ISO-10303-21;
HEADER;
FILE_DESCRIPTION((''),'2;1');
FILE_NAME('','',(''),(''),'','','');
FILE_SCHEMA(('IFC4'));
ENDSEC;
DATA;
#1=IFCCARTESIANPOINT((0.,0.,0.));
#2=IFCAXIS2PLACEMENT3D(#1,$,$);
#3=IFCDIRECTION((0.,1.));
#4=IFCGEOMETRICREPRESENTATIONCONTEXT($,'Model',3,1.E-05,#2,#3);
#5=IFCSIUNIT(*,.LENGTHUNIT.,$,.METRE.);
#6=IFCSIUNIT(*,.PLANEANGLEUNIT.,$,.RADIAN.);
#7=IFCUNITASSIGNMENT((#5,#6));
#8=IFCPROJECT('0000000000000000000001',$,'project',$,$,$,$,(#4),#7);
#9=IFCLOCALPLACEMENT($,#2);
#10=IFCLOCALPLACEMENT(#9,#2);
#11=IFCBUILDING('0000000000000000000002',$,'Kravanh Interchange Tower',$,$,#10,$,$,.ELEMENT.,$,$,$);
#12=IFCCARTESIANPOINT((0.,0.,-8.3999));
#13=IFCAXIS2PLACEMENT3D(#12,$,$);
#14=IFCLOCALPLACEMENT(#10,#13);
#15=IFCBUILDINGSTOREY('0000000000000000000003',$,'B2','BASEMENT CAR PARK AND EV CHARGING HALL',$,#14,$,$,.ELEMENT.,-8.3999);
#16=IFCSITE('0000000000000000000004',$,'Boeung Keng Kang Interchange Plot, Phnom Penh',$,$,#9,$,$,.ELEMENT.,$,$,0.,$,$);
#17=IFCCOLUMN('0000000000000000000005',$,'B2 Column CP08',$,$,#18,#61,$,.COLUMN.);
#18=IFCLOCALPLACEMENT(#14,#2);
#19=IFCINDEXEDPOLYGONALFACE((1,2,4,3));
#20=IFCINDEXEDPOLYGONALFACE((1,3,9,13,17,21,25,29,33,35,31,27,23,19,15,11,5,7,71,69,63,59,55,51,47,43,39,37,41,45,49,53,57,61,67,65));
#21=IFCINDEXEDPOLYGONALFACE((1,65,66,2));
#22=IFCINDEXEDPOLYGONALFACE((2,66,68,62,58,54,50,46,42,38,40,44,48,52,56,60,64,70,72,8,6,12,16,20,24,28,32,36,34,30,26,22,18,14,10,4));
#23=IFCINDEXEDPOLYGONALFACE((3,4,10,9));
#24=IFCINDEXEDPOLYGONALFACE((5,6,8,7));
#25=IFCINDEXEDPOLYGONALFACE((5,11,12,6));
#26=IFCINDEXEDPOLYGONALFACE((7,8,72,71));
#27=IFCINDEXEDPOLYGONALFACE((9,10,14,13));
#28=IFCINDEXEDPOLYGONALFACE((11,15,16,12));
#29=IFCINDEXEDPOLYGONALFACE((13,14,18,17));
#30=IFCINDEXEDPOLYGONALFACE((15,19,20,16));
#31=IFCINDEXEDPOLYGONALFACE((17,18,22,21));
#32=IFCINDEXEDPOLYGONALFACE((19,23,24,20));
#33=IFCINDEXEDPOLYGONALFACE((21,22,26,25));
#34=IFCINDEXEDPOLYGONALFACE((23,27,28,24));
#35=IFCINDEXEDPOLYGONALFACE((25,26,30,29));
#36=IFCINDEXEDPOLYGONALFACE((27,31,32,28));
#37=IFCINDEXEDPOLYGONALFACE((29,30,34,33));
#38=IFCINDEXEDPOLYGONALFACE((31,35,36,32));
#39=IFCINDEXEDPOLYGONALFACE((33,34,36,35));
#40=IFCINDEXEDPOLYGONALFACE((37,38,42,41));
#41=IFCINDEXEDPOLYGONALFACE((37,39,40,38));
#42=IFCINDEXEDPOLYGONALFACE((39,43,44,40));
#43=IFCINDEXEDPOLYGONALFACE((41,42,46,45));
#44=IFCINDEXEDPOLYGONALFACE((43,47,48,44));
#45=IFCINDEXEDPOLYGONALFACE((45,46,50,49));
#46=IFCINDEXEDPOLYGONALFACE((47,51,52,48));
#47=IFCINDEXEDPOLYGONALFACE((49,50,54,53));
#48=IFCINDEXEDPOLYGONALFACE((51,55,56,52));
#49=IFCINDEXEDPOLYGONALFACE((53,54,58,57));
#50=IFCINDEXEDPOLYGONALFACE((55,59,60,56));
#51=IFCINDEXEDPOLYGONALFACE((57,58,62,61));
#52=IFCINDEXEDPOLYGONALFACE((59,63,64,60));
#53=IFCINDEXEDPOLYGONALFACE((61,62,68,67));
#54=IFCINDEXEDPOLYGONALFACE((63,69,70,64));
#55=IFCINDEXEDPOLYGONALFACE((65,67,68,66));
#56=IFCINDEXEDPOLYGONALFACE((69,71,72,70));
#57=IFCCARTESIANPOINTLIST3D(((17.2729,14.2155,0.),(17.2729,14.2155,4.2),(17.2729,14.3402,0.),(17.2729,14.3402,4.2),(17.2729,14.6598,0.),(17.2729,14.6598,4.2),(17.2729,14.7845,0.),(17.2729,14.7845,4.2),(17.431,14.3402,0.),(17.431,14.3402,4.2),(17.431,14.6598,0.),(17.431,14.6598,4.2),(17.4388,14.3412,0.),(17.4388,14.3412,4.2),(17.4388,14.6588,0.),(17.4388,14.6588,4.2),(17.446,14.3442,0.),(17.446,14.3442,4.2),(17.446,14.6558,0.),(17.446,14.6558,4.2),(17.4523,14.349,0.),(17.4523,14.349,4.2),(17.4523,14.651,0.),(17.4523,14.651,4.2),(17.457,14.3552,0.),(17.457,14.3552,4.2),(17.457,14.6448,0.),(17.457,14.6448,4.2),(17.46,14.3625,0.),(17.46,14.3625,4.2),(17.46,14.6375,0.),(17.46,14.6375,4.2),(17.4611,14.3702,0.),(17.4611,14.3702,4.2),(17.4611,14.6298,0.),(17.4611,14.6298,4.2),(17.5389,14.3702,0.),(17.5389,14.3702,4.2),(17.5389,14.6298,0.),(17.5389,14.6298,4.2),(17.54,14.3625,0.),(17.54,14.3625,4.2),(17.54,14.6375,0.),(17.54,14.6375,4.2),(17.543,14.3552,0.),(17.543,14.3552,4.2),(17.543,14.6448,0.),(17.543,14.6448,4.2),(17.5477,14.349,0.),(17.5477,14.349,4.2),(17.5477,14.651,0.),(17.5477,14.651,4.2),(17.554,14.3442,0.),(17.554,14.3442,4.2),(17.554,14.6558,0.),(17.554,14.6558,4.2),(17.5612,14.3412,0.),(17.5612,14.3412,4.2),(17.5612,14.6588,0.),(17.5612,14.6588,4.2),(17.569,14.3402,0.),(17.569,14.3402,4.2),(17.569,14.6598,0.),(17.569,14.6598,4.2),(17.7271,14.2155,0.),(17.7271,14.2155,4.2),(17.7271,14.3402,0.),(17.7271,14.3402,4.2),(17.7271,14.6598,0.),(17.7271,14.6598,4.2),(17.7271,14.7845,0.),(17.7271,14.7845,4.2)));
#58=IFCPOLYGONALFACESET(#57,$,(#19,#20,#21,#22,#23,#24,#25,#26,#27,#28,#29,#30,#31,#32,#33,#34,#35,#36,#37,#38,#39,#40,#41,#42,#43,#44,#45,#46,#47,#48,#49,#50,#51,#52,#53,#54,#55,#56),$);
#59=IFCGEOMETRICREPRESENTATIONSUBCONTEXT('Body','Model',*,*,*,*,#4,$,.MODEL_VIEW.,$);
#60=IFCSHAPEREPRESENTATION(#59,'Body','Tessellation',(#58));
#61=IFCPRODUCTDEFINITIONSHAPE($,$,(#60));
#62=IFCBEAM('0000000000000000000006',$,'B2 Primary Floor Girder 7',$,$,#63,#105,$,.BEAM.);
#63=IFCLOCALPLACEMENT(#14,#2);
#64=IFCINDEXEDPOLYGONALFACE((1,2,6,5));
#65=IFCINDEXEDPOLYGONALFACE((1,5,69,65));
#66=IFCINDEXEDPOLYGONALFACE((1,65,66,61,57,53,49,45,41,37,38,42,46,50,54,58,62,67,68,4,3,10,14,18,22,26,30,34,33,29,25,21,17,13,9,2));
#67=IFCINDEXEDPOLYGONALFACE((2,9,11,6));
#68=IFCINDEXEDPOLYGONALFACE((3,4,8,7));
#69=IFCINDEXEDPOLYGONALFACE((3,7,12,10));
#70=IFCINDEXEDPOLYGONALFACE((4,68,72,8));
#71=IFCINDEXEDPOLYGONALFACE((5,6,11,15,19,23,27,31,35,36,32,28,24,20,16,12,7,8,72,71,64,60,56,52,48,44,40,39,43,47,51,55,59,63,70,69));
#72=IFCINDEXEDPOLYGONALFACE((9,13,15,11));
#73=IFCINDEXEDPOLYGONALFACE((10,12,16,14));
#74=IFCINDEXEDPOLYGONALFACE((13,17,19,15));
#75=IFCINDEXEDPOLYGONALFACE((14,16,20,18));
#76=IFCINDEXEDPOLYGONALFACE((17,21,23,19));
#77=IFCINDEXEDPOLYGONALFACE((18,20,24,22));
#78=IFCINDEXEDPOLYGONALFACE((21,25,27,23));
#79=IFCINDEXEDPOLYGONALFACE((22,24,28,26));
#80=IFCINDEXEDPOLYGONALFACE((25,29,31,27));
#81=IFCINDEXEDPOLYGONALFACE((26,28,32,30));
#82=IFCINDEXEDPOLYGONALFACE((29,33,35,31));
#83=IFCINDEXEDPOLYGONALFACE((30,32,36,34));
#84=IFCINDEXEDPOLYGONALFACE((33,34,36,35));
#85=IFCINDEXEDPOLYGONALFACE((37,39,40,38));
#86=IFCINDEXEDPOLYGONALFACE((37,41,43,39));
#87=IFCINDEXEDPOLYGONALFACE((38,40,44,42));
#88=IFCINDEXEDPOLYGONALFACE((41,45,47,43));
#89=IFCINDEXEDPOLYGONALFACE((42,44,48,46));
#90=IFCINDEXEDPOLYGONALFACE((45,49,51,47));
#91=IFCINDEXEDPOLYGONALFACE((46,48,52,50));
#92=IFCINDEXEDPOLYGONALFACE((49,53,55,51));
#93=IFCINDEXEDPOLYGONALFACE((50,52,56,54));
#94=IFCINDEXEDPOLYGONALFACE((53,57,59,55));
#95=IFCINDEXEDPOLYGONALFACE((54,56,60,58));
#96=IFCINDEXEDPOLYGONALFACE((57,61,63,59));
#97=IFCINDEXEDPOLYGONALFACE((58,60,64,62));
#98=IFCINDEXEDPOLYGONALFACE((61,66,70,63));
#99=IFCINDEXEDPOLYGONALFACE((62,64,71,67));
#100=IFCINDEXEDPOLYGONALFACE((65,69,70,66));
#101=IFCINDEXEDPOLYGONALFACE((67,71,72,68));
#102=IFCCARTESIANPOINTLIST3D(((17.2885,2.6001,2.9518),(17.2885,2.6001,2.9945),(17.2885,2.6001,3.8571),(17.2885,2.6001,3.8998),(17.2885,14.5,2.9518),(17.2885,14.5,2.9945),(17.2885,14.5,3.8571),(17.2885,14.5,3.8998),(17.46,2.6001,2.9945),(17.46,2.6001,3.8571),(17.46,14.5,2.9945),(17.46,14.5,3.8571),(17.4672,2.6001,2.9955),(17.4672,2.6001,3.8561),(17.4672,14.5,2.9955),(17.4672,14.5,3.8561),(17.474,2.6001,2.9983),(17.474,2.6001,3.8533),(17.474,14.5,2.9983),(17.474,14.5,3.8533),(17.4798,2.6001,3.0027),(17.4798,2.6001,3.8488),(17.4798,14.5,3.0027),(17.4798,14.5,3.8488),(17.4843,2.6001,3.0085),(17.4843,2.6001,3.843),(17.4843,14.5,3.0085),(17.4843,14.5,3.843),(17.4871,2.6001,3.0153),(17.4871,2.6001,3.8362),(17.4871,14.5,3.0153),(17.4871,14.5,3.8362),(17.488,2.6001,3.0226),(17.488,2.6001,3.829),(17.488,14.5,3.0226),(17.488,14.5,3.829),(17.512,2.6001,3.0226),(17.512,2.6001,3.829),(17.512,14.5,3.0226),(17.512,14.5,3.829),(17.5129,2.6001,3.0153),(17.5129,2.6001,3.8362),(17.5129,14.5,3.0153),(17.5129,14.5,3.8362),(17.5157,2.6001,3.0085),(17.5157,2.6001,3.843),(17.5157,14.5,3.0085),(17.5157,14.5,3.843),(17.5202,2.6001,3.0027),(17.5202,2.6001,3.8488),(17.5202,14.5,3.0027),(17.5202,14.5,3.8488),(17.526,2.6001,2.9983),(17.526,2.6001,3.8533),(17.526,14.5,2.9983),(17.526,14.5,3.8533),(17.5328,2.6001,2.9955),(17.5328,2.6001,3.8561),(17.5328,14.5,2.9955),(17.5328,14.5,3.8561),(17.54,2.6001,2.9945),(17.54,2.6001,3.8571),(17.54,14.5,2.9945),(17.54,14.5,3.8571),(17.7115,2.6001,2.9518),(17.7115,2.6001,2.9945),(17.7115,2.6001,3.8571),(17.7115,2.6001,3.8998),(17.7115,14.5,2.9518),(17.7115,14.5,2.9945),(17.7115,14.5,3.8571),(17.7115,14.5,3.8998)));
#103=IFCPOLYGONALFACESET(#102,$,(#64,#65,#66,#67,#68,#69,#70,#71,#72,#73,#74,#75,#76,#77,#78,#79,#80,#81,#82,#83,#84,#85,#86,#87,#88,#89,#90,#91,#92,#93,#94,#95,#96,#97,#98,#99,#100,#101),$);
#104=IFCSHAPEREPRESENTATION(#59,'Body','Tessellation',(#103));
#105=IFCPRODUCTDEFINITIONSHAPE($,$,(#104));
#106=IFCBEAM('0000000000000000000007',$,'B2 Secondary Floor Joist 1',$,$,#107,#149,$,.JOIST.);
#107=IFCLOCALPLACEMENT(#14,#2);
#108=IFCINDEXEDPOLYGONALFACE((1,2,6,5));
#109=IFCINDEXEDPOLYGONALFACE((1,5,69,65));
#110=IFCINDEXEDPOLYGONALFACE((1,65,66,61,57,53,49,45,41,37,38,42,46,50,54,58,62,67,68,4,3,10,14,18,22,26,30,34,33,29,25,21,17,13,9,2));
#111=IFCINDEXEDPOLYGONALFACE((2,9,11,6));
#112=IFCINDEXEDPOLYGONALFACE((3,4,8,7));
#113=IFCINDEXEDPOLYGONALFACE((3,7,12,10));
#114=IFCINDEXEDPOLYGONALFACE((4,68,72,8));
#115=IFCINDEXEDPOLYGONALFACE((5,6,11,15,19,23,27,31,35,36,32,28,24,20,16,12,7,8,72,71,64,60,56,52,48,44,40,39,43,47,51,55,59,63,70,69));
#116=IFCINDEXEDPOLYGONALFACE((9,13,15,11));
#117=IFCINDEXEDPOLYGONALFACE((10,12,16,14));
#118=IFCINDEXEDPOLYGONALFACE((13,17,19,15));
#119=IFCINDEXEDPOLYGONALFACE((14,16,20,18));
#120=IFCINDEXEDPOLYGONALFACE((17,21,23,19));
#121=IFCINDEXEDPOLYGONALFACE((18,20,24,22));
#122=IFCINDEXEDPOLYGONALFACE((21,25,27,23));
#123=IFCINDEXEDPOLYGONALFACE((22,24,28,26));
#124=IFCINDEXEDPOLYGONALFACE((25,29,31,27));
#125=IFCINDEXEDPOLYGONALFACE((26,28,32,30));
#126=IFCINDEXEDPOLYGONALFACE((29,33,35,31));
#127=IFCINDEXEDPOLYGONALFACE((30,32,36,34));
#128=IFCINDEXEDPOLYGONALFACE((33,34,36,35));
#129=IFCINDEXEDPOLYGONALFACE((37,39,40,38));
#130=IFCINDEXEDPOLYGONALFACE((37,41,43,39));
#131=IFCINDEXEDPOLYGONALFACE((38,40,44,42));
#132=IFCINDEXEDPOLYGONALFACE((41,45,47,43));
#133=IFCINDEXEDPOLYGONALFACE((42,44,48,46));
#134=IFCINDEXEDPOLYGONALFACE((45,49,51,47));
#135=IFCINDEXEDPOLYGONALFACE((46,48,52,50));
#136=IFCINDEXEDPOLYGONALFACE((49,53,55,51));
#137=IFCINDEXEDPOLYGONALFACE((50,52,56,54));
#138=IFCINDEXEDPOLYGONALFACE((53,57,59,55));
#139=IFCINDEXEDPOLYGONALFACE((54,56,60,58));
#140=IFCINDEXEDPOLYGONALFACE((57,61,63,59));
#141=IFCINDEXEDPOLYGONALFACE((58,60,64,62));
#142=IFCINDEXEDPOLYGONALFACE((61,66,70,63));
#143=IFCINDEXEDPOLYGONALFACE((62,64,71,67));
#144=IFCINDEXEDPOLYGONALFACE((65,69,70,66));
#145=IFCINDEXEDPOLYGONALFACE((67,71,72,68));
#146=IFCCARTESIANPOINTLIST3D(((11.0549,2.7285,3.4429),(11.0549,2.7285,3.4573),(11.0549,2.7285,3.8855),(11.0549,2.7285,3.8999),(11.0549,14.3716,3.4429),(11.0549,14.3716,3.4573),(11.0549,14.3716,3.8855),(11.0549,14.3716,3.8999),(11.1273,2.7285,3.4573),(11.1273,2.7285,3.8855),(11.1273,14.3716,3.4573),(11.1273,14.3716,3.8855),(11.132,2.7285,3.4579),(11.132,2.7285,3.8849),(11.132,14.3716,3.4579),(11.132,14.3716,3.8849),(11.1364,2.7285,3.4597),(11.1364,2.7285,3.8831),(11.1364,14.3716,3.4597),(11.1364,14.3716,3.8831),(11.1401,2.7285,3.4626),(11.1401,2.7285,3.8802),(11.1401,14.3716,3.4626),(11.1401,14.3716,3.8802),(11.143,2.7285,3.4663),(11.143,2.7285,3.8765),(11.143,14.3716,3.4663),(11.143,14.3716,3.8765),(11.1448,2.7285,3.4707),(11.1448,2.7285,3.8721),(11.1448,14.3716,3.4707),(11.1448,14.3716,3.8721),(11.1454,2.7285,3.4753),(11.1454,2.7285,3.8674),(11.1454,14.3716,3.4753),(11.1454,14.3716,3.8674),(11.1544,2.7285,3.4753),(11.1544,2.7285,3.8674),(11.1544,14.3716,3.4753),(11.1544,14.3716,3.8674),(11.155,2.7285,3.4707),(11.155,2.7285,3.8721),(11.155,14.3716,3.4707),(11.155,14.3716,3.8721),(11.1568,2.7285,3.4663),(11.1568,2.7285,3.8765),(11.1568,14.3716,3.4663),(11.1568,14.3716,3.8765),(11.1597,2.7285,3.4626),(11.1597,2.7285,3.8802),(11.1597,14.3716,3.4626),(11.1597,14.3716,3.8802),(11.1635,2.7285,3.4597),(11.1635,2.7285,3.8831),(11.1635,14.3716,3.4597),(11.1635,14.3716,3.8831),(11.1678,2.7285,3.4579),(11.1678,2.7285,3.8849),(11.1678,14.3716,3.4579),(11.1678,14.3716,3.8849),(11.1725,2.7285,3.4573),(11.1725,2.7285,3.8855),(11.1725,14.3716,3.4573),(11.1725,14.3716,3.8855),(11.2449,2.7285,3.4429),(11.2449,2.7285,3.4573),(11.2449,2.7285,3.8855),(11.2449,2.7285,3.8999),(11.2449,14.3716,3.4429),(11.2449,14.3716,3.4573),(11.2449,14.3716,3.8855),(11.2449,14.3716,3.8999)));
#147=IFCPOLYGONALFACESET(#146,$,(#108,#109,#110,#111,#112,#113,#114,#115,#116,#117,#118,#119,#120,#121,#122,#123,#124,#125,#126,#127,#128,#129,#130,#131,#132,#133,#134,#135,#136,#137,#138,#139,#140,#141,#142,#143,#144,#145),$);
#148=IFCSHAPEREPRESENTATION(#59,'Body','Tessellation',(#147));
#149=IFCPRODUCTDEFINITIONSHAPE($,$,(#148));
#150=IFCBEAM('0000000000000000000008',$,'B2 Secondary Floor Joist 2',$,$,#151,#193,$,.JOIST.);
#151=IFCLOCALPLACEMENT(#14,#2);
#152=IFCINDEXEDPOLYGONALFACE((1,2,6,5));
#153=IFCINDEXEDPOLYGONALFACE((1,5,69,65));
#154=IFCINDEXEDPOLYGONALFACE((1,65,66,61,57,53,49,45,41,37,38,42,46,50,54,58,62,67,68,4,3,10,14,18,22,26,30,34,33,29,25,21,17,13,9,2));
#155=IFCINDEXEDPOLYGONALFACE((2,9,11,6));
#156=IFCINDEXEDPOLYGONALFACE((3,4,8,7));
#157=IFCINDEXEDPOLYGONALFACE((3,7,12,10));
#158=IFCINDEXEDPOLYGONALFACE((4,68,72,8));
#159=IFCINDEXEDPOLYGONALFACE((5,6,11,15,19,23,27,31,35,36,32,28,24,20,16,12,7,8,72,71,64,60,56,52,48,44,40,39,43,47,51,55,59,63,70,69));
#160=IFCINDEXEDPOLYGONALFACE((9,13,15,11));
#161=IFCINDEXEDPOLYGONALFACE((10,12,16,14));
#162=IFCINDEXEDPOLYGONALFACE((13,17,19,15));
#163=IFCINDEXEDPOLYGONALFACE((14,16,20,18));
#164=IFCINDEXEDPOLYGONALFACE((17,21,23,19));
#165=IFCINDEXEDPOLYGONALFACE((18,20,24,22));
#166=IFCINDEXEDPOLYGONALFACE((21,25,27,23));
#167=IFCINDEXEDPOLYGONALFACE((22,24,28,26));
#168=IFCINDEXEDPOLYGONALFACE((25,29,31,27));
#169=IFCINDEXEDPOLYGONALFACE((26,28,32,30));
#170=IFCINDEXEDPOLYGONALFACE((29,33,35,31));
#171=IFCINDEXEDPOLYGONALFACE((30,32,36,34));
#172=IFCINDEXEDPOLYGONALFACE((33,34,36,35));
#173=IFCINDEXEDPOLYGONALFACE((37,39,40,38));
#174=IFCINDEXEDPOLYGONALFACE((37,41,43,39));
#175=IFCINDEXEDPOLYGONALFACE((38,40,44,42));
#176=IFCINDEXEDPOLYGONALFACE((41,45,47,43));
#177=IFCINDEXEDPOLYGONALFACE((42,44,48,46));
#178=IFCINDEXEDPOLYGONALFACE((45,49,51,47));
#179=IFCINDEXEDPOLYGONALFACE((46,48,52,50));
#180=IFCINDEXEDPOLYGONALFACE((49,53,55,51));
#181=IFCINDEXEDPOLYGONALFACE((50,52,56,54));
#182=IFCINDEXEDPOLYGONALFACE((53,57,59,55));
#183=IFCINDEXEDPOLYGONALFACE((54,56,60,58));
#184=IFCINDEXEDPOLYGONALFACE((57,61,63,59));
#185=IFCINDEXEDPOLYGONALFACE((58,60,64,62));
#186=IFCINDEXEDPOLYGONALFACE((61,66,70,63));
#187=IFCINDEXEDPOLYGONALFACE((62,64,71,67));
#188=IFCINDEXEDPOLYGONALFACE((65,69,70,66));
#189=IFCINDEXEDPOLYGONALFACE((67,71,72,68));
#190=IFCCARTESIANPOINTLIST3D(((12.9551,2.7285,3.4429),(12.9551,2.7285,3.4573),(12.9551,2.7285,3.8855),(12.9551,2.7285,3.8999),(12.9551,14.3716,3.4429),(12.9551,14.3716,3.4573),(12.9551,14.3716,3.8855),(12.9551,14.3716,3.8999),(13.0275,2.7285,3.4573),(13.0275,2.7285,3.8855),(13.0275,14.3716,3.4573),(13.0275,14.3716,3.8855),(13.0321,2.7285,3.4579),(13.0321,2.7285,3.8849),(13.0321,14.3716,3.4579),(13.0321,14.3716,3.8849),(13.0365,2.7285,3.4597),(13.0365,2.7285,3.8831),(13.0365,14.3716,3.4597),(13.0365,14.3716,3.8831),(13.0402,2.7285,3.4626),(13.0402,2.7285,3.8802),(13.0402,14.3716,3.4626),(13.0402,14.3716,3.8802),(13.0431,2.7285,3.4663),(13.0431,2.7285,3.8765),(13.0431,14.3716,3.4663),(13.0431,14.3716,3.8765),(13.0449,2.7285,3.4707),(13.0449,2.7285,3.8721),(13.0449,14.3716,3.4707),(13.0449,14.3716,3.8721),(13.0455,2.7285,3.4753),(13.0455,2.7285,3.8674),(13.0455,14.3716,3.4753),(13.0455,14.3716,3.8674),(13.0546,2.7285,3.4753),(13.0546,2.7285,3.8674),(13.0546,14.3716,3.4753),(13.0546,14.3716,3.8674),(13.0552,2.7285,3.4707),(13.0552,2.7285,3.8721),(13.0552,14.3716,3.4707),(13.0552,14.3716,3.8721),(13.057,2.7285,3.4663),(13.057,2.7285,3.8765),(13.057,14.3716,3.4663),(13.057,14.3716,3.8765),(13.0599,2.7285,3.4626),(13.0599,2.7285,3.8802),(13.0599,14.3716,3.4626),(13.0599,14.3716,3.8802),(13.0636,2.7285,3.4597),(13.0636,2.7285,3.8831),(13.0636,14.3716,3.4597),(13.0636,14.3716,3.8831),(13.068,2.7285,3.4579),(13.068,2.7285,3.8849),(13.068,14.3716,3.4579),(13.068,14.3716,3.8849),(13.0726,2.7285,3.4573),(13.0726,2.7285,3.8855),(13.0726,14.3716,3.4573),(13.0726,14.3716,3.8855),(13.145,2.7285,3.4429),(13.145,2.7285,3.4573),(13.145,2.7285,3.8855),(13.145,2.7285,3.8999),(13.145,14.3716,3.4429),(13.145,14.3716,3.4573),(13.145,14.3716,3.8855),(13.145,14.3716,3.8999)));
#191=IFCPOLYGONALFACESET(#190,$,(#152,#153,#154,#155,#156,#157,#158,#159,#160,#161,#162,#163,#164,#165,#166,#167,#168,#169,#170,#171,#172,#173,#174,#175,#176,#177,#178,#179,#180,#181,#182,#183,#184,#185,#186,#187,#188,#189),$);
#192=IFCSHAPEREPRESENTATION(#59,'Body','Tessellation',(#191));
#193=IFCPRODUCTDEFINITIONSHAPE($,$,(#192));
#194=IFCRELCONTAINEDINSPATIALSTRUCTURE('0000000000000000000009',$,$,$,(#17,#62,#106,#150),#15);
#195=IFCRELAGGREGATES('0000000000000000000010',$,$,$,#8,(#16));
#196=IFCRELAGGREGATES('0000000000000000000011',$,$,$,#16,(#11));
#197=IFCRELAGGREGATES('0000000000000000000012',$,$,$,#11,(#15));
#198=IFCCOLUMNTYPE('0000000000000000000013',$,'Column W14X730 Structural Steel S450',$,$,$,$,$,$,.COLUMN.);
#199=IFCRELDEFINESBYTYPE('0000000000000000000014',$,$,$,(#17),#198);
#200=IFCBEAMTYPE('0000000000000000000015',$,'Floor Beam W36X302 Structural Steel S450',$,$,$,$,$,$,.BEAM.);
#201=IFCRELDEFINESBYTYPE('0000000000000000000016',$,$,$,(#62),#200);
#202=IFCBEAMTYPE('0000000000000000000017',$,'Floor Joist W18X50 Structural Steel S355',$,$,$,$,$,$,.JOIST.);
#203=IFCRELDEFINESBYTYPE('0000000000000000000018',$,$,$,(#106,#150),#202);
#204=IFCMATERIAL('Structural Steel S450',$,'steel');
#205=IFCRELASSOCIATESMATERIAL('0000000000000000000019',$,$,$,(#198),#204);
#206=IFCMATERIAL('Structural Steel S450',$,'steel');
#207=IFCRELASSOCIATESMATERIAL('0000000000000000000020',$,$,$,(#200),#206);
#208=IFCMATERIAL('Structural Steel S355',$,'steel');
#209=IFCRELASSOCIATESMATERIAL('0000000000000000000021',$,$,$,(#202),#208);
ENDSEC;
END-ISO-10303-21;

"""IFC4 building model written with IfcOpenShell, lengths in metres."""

from ifc_helpers import new_model, si_unit, direction, frame, origin, origin_2d, place, context, subcontext, project, spatial, i_section, extrude, material, material_profile, profile_set, type_object, element, save


model = new_model("IFC4")

# Units and contexts
model_context = context("Model", 3, precision=1e-05, world=origin(), true_north=direction((0.0, 1.0)))
body_context = subcontext(model_context, "Body", "Model", "MODEL_VIEW")
ifc_project = project(units=[si_unit("LENGTHUNIT", "METRE"), si_unit("PLANEANGLEUNIT", "RADIAN")], contexts=[model_context])

# Site, building, storey
site_placement = place(None, origin())
site = spatial("IfcSite", under=ifc_project, at=site_placement, Name="Boeung Keng Kang Interchange Plot, Phnom Penh", CompositionType="ELEMENT", RefElevation=0.0)
building_placement = place(site_placement, origin())
building = spatial("IfcBuilding", under=site, at=building_placement, Name="Kravanh Interchange Tower", CompositionType="ELEMENT")
storey_placement = place(building_placement, frame((0.0, 0.0, -8.3999)))
storey = spatial("IfcBuildingStorey", under=building, at=storey_placement, Name="B2", Description="BASEMENT CAR PARK AND EV CHARGING HALL", CompositionType="ELEMENT", Elevation=-8.3999)

# Column
ifc_material_1 = material(Name="Structural Steel S450", Category="steel")
ifc_material_profile_1 = material_profile(ifc_material_1, i_section(OverallWidth=0.4541, OverallDepth=0.5691, WebThickness=0.0779, FlangeThickness=0.1248, FilletRadius=0.03, at=origin_2d()), Name="W14X730")
ifc_profile_set_1 = profile_set([ifc_material_profile_1], Name="Structural Steel S450")
column_type = type_object("IfcColumnType", Name="Column W14X730 Structural Steel S450", PredefinedType="COLUMN", material=ifc_profile_set_1)
for number, where, z_axis, x_axis, name in (
    (1, (17.5, 14.5, 0.0), (0.0, 0.0, 1.0), (1.0, 0.0, 0.0), "B2 Column CP08"),
):
    element("IfcColumn", number, at=place(storey_placement, frame(where, z_axis=z_axis, x_axis=x_axis)), inside=storey, type_object=column_type, Name=name, PredefinedType="COLUMN", context=body_context, shape_type="SweptSolid", body=[
        extrude(i_section(OverallWidth=0.4541, OverallDepth=0.5691, WebThickness=0.0779, FlangeThickness=0.1248, FilletRadius=0.03, at=origin_2d()), origin(), (0.0, 0.0, 1.0), 4.2),
    ])

# Beams
ifc_material_2 = material(Name="Structural Steel S450", Category="steel")
ifc_material_profile_2 = material_profile(ifc_material_2, i_section(OverallWidth=0.4231, OverallDepth=0.948, WebThickness=0.0239, FlangeThickness=0.0427, FilletRadius=0.0281, at=origin_2d()), Name="W36X302")
ifc_profile_set_2 = profile_set([ifc_material_profile_2], Name="Structural Steel S450")
beam_type_1 = type_object("IfcBeamType", Name="Floor Beam W36X302 Structural Steel S450", PredefinedType="BEAM", material=ifc_profile_set_2)
beam_1_placement = place(storey_placement, frame((17.5, 2.6001, 3.4258), z_axis=(0.0, 1.0, 0.0), x_axis=(-1.0, 0.0, 0.0)))
element("IfcBeam", 2, at=beam_1_placement, inside=storey, type_object=beam_type_1, Name="B2 Primary Floor Girder 7", PredefinedType="BEAM", context=body_context, shape_type="SweptSolid", body=[
    extrude(i_section(OverallWidth=0.4231, OverallDepth=0.948, WebThickness=0.0239, FlangeThickness=0.0427, FilletRadius=0.0281, at=origin_2d()), origin(), (0.0, 0.0, 1.0), 11.8999),
])
ifc_material_3 = material(Name="Structural Steel S355", Category="steel")
ifc_material_profile_3 = material_profile(ifc_material_3, i_section(OverallWidth=0.1899, OverallDepth=0.457, WebThickness=0.009, FlangeThickness=0.0144, FilletRadius=0.0181, at=origin_2d()), Name="W18X50")
ifc_profile_set_3 = profile_set([ifc_material_profile_3], Name="Structural Steel S355")
beam_type_2 = type_object("IfcBeamType", Name="Floor Joist W18X50 Structural Steel S355", PredefinedType="JOIST", material=ifc_profile_set_3)
for number, where, z_axis, x_axis, name in (
    (3, (11.1499, 2.7285, 3.6714), (0.0, 1.0, 0.0), (-1.0, 0.0, 0.0), "B2 Secondary Floor Joist 1"),
    (4, (13.05, 2.7285, 3.6714), (0.0, 1.0, 0.0), (-1.0, 0.0, 0.0), "B2 Secondary Floor Joist 2"),
):
    element("IfcBeam", number, at=place(storey_placement, frame(where, z_axis=z_axis, x_axis=x_axis)), inside=storey, type_object=beam_type_2, Name=name, PredefinedType="JOIST", context=body_context, shape_type="SweptSolid", body=[
        extrude(i_section(OverallWidth=0.1899, OverallDepth=0.457, WebThickness=0.009, FlangeThickness=0.0144, FilletRadius=0.0181, at=origin_2d()), origin(), (0.0, 0.0, 1.0), 11.6431),
    ])

save(model, "model.ifc")
